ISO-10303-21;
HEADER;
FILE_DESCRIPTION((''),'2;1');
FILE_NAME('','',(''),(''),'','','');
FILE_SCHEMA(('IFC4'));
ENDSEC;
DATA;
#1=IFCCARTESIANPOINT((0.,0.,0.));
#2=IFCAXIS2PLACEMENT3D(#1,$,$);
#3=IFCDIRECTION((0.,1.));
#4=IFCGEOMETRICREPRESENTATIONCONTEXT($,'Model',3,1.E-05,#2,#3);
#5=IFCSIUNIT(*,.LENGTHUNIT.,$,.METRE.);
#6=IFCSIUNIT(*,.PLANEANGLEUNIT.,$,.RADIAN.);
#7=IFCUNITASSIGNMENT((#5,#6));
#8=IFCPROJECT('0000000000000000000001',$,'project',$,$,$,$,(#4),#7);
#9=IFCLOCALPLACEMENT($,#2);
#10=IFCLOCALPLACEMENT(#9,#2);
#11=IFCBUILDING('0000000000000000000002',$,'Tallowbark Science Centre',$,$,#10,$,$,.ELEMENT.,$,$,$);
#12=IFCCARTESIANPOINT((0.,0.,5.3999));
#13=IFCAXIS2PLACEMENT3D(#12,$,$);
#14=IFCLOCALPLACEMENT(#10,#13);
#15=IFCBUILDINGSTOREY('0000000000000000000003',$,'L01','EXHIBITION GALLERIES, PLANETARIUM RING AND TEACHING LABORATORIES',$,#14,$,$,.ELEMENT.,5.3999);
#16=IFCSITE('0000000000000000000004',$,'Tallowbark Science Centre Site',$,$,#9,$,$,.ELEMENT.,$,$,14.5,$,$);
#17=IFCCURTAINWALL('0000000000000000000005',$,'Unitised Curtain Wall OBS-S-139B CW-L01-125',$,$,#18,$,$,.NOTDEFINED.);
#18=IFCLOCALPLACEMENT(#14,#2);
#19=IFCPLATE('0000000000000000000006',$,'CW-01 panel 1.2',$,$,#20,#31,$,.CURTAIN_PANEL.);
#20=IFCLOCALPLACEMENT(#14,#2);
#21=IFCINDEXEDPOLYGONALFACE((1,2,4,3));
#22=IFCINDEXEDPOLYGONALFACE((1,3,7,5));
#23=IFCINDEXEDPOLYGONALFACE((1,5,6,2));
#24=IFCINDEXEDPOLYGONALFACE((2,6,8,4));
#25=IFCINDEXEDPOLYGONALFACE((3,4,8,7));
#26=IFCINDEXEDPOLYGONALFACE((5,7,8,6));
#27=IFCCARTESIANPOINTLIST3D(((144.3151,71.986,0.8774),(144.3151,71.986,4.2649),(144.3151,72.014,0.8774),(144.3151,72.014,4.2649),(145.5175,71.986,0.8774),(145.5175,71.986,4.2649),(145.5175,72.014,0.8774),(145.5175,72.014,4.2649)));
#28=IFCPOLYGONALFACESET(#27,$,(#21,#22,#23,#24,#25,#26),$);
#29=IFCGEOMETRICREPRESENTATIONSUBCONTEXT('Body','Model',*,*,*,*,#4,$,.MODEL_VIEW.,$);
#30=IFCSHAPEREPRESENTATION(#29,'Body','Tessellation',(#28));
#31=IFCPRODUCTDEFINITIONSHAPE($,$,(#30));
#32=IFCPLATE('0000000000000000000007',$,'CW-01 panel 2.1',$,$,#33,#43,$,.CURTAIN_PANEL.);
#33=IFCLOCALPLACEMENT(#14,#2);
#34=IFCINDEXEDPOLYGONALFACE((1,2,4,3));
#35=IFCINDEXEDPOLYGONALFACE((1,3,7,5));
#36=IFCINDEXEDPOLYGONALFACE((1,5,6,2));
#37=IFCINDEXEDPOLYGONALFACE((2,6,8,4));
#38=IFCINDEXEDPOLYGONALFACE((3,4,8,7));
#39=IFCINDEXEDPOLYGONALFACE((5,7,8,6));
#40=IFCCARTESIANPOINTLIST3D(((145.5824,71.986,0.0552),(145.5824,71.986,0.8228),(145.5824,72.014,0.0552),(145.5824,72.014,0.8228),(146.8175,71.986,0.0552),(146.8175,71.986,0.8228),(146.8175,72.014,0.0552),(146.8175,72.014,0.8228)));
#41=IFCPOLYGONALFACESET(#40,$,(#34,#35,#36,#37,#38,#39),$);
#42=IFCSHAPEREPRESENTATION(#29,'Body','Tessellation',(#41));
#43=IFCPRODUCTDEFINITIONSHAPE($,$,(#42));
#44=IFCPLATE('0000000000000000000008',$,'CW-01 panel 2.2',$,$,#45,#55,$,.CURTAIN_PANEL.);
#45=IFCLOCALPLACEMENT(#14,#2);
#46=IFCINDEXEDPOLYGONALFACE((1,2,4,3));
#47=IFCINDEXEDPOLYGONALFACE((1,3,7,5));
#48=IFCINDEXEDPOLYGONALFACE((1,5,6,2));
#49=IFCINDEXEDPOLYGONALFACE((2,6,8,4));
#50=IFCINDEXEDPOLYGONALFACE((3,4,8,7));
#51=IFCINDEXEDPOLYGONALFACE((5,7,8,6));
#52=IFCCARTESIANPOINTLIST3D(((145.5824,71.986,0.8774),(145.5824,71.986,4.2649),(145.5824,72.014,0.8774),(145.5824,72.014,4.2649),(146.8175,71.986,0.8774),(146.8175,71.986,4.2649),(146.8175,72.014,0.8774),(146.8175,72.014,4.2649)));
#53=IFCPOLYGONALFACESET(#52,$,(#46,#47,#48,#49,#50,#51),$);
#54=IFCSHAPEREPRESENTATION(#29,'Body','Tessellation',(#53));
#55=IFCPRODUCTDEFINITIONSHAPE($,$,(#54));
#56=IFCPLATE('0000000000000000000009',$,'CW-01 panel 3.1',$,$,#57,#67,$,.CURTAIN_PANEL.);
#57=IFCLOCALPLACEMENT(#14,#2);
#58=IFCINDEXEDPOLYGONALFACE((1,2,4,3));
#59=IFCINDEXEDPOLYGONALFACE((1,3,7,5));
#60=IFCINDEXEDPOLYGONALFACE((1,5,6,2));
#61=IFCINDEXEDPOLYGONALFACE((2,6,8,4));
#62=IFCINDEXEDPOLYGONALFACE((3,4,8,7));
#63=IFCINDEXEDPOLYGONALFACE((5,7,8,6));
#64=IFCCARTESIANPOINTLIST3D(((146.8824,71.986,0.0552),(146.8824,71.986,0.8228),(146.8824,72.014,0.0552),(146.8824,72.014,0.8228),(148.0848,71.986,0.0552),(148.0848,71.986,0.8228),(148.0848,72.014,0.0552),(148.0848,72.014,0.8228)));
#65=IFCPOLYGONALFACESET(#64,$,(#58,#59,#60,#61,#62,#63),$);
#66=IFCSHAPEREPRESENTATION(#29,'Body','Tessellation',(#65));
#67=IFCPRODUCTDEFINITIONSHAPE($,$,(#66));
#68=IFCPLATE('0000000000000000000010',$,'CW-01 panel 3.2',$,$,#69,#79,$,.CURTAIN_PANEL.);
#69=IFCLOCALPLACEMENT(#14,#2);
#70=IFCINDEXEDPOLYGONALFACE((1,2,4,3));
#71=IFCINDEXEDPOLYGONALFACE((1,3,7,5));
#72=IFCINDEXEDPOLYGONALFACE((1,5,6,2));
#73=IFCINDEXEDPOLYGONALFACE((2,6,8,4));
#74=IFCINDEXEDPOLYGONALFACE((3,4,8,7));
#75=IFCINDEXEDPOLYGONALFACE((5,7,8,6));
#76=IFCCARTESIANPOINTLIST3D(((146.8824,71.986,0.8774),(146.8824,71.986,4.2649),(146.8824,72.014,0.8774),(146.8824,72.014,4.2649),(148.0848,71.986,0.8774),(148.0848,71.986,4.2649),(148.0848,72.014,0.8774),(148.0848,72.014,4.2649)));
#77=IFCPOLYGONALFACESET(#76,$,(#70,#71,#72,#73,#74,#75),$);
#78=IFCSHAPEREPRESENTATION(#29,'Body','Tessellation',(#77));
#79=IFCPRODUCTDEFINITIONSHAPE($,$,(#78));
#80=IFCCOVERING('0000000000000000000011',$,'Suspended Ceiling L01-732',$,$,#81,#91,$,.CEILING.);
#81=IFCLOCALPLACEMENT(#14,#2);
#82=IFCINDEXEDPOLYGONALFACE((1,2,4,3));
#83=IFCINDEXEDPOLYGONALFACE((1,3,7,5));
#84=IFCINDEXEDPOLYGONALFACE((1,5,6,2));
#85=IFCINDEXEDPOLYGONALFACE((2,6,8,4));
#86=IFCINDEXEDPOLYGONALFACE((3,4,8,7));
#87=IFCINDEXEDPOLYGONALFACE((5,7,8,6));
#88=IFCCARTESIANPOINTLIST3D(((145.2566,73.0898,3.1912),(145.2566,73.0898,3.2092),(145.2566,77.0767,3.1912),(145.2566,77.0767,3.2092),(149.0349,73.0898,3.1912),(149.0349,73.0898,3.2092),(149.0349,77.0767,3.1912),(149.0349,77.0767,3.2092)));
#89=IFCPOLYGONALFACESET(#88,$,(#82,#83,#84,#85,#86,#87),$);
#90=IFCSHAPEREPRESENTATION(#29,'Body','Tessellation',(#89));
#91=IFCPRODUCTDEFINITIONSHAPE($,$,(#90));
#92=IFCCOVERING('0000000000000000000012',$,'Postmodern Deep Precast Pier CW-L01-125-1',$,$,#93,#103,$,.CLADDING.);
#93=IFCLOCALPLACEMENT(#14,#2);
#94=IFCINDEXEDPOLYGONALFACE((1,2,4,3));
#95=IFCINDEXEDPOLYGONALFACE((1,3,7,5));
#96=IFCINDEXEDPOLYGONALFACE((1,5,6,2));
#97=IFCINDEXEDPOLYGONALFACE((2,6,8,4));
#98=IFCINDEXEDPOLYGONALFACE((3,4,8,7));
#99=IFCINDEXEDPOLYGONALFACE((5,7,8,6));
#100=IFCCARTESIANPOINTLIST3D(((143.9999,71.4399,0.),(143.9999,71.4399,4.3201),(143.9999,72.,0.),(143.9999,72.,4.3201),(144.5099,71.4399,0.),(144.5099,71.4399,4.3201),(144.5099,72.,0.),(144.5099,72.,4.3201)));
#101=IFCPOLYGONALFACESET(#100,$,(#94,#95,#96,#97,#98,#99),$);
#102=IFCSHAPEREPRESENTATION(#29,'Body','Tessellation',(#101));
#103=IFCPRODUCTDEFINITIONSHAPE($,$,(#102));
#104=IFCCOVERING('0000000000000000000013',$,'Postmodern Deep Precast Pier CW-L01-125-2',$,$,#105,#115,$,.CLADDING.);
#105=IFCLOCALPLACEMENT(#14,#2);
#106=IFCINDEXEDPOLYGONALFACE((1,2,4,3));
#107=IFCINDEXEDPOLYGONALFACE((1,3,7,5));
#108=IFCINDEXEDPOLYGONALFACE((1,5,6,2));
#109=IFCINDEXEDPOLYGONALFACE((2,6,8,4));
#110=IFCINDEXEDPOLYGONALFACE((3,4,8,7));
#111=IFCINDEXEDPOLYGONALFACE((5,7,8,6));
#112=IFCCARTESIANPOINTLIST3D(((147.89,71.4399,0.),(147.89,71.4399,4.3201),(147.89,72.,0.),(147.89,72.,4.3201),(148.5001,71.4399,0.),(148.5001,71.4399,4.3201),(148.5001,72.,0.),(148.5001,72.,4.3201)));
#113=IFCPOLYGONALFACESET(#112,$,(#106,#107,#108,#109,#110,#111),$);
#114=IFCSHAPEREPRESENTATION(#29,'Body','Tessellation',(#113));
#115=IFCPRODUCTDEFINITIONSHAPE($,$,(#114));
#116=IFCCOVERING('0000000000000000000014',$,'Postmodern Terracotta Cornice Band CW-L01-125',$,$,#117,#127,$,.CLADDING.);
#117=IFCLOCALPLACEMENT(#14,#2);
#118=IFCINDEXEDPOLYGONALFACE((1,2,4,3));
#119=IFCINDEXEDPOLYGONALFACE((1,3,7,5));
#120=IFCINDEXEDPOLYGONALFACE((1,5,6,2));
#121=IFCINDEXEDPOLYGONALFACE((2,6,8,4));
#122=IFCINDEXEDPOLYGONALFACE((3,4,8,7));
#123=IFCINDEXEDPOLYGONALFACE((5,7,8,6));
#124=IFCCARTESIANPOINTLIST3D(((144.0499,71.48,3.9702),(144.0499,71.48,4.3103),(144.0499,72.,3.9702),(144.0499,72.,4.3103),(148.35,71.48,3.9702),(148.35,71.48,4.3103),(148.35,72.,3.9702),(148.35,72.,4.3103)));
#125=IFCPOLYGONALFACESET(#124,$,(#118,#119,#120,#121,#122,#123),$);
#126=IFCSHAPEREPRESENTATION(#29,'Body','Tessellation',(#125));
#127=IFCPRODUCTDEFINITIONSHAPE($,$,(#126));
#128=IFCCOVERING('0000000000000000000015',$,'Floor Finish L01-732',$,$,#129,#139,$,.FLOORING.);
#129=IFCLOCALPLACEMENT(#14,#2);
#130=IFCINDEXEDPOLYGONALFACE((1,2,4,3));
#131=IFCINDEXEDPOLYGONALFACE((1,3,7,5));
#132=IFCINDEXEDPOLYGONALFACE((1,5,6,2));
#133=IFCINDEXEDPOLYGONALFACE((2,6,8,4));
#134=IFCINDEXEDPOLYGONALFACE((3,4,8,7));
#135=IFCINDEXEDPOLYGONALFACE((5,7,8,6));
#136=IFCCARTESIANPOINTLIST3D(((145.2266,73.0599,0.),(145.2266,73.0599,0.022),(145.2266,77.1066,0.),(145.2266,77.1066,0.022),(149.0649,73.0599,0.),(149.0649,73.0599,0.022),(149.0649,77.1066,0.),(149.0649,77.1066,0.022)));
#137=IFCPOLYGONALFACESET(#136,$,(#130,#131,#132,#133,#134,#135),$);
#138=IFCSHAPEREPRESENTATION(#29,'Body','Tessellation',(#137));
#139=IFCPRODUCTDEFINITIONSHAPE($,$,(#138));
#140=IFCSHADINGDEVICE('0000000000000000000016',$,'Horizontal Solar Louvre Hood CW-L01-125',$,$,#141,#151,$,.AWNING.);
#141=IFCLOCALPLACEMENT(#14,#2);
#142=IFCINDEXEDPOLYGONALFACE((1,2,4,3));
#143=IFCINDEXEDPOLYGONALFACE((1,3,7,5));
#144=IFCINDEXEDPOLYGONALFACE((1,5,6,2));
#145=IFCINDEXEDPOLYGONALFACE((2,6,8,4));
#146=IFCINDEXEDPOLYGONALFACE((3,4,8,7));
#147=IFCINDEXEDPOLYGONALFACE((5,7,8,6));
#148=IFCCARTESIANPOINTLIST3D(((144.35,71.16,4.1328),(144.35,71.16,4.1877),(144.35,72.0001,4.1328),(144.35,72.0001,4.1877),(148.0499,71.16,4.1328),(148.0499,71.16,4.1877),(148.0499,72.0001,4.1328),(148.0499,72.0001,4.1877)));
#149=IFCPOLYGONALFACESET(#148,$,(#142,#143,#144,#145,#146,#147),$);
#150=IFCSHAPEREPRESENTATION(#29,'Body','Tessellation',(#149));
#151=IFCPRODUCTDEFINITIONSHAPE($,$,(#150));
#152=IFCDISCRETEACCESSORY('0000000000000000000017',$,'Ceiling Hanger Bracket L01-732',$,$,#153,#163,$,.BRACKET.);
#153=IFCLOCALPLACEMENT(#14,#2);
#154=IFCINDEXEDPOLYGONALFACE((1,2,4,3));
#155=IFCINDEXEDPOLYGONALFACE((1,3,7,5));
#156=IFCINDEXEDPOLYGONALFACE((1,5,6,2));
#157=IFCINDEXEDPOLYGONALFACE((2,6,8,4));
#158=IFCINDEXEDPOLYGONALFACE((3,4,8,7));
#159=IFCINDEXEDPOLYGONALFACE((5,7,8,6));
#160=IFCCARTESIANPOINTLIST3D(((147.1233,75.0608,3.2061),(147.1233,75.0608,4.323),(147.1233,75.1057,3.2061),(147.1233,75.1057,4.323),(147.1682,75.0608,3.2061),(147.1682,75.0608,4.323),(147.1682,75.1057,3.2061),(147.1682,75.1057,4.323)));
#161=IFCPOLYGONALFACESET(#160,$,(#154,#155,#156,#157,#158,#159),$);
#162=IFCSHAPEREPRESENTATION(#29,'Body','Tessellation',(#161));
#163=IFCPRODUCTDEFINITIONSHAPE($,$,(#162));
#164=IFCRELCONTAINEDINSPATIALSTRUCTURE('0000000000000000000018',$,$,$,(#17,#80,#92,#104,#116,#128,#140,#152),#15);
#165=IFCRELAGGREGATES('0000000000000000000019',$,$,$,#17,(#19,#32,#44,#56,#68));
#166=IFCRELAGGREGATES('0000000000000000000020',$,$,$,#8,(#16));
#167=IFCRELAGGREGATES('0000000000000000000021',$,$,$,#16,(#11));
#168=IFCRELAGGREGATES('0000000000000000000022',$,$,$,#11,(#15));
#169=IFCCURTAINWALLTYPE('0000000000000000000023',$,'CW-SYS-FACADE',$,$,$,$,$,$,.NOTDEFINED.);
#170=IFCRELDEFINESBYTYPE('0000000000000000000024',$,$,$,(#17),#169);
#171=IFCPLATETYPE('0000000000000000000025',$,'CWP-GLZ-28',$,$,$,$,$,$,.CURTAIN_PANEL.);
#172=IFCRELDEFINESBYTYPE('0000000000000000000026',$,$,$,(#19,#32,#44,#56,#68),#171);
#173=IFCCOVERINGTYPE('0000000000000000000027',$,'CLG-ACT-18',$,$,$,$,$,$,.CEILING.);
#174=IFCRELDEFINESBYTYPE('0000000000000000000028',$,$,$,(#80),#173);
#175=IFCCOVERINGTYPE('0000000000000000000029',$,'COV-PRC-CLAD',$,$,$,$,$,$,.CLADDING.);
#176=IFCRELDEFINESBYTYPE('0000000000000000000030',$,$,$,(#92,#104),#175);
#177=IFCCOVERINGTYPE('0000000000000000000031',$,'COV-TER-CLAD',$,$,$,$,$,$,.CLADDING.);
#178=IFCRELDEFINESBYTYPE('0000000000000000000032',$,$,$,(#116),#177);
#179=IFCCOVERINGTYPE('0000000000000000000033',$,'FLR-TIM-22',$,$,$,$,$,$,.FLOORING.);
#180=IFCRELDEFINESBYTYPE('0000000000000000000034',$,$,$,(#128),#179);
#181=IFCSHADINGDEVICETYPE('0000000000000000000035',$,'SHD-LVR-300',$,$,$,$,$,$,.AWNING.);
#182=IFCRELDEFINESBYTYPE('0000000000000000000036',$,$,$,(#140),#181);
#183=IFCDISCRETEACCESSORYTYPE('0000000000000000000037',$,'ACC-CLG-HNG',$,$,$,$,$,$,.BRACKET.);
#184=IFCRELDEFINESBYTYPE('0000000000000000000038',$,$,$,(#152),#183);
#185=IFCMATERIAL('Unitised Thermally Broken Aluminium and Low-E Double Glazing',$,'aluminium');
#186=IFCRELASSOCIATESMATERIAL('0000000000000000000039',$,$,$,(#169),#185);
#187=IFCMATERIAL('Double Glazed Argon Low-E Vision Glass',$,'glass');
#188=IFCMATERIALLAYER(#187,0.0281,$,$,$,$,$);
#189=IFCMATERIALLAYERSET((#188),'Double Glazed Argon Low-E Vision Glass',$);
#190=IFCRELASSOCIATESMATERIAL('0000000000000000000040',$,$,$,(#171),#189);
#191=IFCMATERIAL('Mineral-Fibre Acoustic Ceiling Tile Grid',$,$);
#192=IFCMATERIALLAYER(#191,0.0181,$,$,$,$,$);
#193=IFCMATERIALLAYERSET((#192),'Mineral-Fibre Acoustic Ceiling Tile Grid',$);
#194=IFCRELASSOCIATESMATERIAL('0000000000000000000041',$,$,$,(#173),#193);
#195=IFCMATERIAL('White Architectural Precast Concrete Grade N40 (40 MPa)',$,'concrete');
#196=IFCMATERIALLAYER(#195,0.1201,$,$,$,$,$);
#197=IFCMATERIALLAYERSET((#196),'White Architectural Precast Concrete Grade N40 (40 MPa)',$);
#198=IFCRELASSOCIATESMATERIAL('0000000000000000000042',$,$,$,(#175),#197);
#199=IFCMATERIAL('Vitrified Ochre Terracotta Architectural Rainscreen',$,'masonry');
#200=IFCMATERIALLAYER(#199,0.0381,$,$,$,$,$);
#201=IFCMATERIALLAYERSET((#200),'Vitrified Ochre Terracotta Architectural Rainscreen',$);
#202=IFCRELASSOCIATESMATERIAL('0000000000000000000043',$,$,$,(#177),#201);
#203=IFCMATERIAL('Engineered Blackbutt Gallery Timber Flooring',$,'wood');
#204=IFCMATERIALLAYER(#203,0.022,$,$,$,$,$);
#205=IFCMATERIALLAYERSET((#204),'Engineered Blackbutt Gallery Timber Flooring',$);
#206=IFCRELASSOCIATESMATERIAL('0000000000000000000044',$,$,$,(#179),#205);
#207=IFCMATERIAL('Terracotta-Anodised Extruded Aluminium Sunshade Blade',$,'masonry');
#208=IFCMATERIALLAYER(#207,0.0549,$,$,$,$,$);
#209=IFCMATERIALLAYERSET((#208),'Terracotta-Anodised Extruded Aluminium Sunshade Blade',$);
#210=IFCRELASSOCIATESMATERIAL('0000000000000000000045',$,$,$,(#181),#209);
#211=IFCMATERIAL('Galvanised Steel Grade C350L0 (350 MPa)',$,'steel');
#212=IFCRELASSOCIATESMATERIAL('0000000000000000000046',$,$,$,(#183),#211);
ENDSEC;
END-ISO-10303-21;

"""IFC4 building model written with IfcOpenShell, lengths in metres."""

from ifc_helpers import new_model, si_unit, direction, frame, origin, origin_2d, place, context, subcontext, project, spatial, rectangle, extrude, material, layer, layer_set, type_object, element, aggregate, save


model = new_model("IFC4")

# Units and contexts
model_context = context("Model", 3, precision=1e-05, world=origin(), true_north=direction((0.0, 1.0)))
body_context = subcontext(model_context, "Body", "Model", "MODEL_VIEW")
ifc_project = project(units=[si_unit("LENGTHUNIT", "METRE"), si_unit("PLANEANGLEUNIT", "RADIAN")], contexts=[model_context])

# Site, building, storey
site_placement = place(None, origin())
site = spatial("IfcSite", under=ifc_project, at=site_placement, Name="Tallowbark Science Centre Site", CompositionType="ELEMENT", RefElevation=14.5)
building_placement = place(site_placement, origin())
building = spatial("IfcBuilding", under=site, at=building_placement, Name="Tallowbark Science Centre", CompositionType="ELEMENT")
storey_placement = place(building_placement, frame((0.0, 0.0, 5.3999)))
storey = spatial("IfcBuildingStorey", under=building, at=storey_placement, Name="L01", Description="EXHIBITION GALLERIES, PLANETARIUM RING AND TEACHING LABORATORIES", CompositionType="ELEMENT", Elevation=5.3999)

# Curtain wall, plates
ifc_material_1 = material(Name="Unitised Thermally Broken Aluminium and Low-E Double Glazing", Category="aluminium")
curtain_wall_type = type_object("IfcCurtainWallType", Name="CW-SYS-FACADE", PredefinedType="NOTDEFINED", material=ifc_material_1)
curtain_wall_placement = place(storey_placement, origin())
curtain_wall = element("IfcCurtainWall", 1, at=curtain_wall_placement, inside=storey, type_object=curtain_wall_type, Name="Unitised Curtain Wall OBS-S-139B CW-L01-125", PredefinedType="NOTDEFINED")
ifc_material_2 = material(Name="Double Glazed Argon Low-E Vision Glass", Category="glass")
ifc_layer_1 = layer(ifc_material_2, 0.0281)
ifc_layer_set_1 = layer_set([ifc_layer_1], Name="Double Glazed Argon Low-E Vision Glass")
plate_type = type_object("IfcPlateType", Name="CWP-GLZ-28", PredefinedType="CURTAIN_PANEL", material=ifc_layer_set_1)
plate_1_placement = place(storey_placement, frame((144.9163, 72.0, 0.8774), z_axis=(0.0, 0.0, 1.0), x_axis=(1.0, 0.0, 0.0)))
plate_1 = element("IfcPlate", 2, at=plate_1_placement, type_object=plate_type, Name="CW-01 panel 1.2", PredefinedType="CURTAIN_PANEL", context=body_context, shape_type="SweptSolid", body=[
    extrude(rectangle(XDim=1.2024, YDim=0.0281, at=origin_2d()), origin(), (0.0, 0.0, 1.0), 3.3875),
])
plate_2_placement = place(storey_placement, frame((146.2, 72.0, 0.0552), z_axis=(0.0, 0.0, 1.0), x_axis=(1.0, 0.0, 0.0)))
plate_2 = element("IfcPlate", 3, at=plate_2_placement, type_object=plate_type, Name="CW-01 panel 2.1", PredefinedType="CURTAIN_PANEL", context=body_context, shape_type="SweptSolid", body=[
    extrude(rectangle(XDim=1.2351, YDim=0.0281, at=origin_2d()), origin(), (0.0, 0.0, 1.0), 0.7676),
])
plate_3_placement = place(storey_placement, frame((146.2, 72.0, 0.8774), z_axis=(0.0, 0.0, 1.0), x_axis=(1.0, 0.0, 0.0)))
plate_3 = element("IfcPlate", 4, at=plate_3_placement, type_object=plate_type, Name="CW-01 panel 2.2", PredefinedType="CURTAIN_PANEL", context=body_context, shape_type="SweptSolid", body=[
    extrude(rectangle(XDim=1.2351, YDim=0.0281, at=origin_2d()), origin(), (0.0, 0.0, 1.0), 3.3875),
])
plate_4_placement = place(storey_placement, frame((147.4836, 72.0, 0.0552), z_axis=(0.0, 0.0, 1.0), x_axis=(1.0, 0.0, 0.0)))
plate_4 = element("IfcPlate", 5, at=plate_4_placement, type_object=plate_type, Name="CW-01 panel 3.1", PredefinedType="CURTAIN_PANEL", context=body_context, shape_type="SweptSolid", body=[
    extrude(rectangle(XDim=1.2024, YDim=0.0281, at=origin_2d()), origin(), (0.0, 0.0, 1.0), 0.7676),
])
plate_5_placement = place(storey_placement, frame((147.4836, 72.0, 0.8774), z_axis=(0.0, 0.0, 1.0), x_axis=(1.0, 0.0, 0.0)))
plate_5 = element("IfcPlate", 6, at=plate_5_placement, type_object=plate_type, Name="CW-01 panel 3.2", PredefinedType="CURTAIN_PANEL", context=body_context, shape_type="SweptSolid", body=[
    extrude(rectangle(XDim=1.2024, YDim=0.0281, at=origin_2d()), origin(), (0.0, 0.0, 1.0), 3.3875),
])
aggregate(curtain_wall, [plate_1, plate_2, plate_3, plate_4, plate_5])

# Coverings
ifc_material_3 = material(Name="Mineral-Fibre Acoustic Ceiling Tile Grid")
ifc_layer_2 = layer(ifc_material_3, 0.0181)
ifc_layer_set_2 = layer_set([ifc_layer_2], Name="Mineral-Fibre Acoustic Ceiling Tile Grid")
covering_type_1 = type_object("IfcCoveringType", Name="CLG-ACT-18", PredefinedType="CEILING", material=ifc_layer_set_2)
covering_1_placement = place(storey_placement, frame((147.1458, 75.0833, 3.1912), z_axis=(0.0, 0.0, 1.0), x_axis=(1.0, 0.0, 0.0)))
element("IfcCovering", 7, at=covering_1_placement, inside=storey, type_object=covering_type_1, Name="Suspended Ceiling L01-732", PredefinedType="CEILING", context=body_context, shape_type="SweptSolid", body=[
    extrude(rectangle(XDim=3.7783, YDim=3.9868, at=origin_2d()), origin(), (0.0, 0.0, 1.0), 0.0181),
])
ifc_material_4 = material(Name="White Architectural Precast Concrete Grade N40 (40 MPa)", Category="concrete")
ifc_layer_3 = layer(ifc_material_4, 0.1201)
ifc_layer_set_3 = layer_set([ifc_layer_3], Name="White Architectural Precast Concrete Grade N40 (40 MPa)")
covering_type_2 = type_object("IfcCoveringType", Name="COV-PRC-CLAD", PredefinedType="CLADDING", material=ifc_layer_set_3)
covering_2_placement = place(storey_placement, frame((144.2549, 71.72, 0.0), z_axis=(0.0, 0.0, 1.0), x_axis=(1.0, 0.0, 0.0)))
element("IfcCovering", 8, at=covering_2_placement, inside=storey, type_object=covering_type_2, Name="Postmodern Deep Precast Pier CW-L01-125-1", PredefinedType="CLADDING", context=body_context, shape_type="SweptSolid", body=[
    extrude(rectangle(XDim=0.51, YDim=0.5601, at=origin_2d()), origin(), (0.0, 0.0, 1.0), 4.3201),
])
covering_3_placement = place(storey_placement, frame((148.1951, 71.72, 0.0), z_axis=(0.0, 0.0, 1.0), x_axis=(1.0, 0.0, 0.0)))
element("IfcCovering", 9, at=covering_3_placement, inside=storey, type_object=covering_type_2, Name="Postmodern Deep Precast Pier CW-L01-125-2", PredefinedType="CLADDING", context=body_context, shape_type="SweptSolid", body=[
    extrude(rectangle(XDim=0.6101, YDim=0.5601, at=origin_2d()), origin(), (0.0, 0.0, 1.0), 4.3201),
])
ifc_material_5 = material(Name="Vitrified Ochre Terracotta Architectural Rainscreen", Category="masonry")
ifc_layer_4 = layer(ifc_material_5, 0.0381)
ifc_layer_set_4 = layer_set([ifc_layer_4], Name="Vitrified Ochre Terracotta Architectural Rainscreen")
covering_type_3 = type_object("IfcCoveringType", Name="COV-TER-CLAD", PredefinedType="CLADDING", material=ifc_layer_set_4)
covering_4_placement = place(storey_placement, frame((146.2, 71.74, 3.9702), z_axis=(0.0, 0.0, 1.0), x_axis=(1.0, 0.0, 0.0)))
element("IfcCovering", 10, at=covering_4_placement, inside=storey, type_object=covering_type_3, Name="Postmodern Terracotta Cornice Band CW-L01-125", PredefinedType="CLADDING", context=body_context, shape_type="SweptSolid", body=[
    extrude(rectangle(XDim=4.3, YDim=0.52, at=origin_2d()), origin(), (0.0, 0.0, 1.0), 0.3401),
])
ifc_material_6 = material(Name="Engineered Blackbutt Gallery Timber Flooring", Category="wood")
ifc_layer_5 = layer(ifc_material_6, 0.022)
ifc_layer_set_5 = layer_set([ifc_layer_5], Name="Engineered Blackbutt Gallery Timber Flooring")
covering_type_4 = type_object("IfcCoveringType", Name="FLR-TIM-22", PredefinedType="FLOORING", material=ifc_layer_set_5)
covering_5_placement = place(storey_placement, frame((147.1458, 75.0833, 0.0), z_axis=(0.0, 0.0, 1.0), x_axis=(1.0, 0.0, 0.0)))
element("IfcCovering", 11, at=covering_5_placement, inside=storey, type_object=covering_type_4, Name="Floor Finish L01-732", PredefinedType="FLOORING", context=body_context, shape_type="SweptSolid", body=[
    extrude(rectangle(XDim=3.8384, YDim=4.0466, at=origin_2d()), origin(), (0.0, 0.0, 1.0), 0.022),
])

# Shading device
ifc_material_7 = material(Name="Terracotta-Anodised Extruded Aluminium Sunshade Blade", Category="masonry")
ifc_layer_6 = layer(ifc_material_7, 0.0549)
ifc_layer_set_6 = layer_set([ifc_layer_6], Name="Terracotta-Anodised Extruded Aluminium Sunshade Blade")
shading_device_type = type_object("IfcShadingDeviceType", Name="SHD-LVR-300", PredefinedType="AWNING", material=ifc_layer_set_6)
shading_device_placement = place(storey_placement, frame((146.2, 71.5801, 4.1328), z_axis=(0.0, 0.0, 1.0), x_axis=(1.0, 0.0, 0.0)))
element("IfcShadingDevice", 12, at=shading_device_placement, inside=storey, type_object=shading_device_type, Name="Horizontal Solar Louvre Hood CW-L01-125", PredefinedType="AWNING", context=body_context, shape_type="SweptSolid", body=[
    extrude(rectangle(XDim=3.7, YDim=0.8401, at=origin_2d()), origin(), (0.0, 0.0, 1.0), 0.0549),
])

# Discrete accessory
ifc_material_8 = material(Name="Galvanised Steel Grade C350L0 (350 MPa)", Category="steel")
discrete_accessory_type = type_object("IfcDiscreteAccessoryType", Name="ACC-CLG-HNG", PredefinedType="BRACKET", material=ifc_material_8)
discrete_accessory_placement = place(storey_placement, frame((147.1458, 75.0833, 3.2061), z_axis=(0.0, 0.0, 1.0), x_axis=(1.0, 0.0, 0.0)))
element("IfcDiscreteAccessory", 13, at=discrete_accessory_placement, inside=storey, type_object=discrete_accessory_type, Name="Ceiling Hanger Bracket L01-732", PredefinedType="BRACKET", context=body_context, shape_type="SweptSolid", body=[
    extrude(rectangle(XDim=0.0449, YDim=0.0449, at=origin_2d()), origin(), (0.0, 0.0, 1.0), 1.1169),
])

save(model, "model.ifc")
